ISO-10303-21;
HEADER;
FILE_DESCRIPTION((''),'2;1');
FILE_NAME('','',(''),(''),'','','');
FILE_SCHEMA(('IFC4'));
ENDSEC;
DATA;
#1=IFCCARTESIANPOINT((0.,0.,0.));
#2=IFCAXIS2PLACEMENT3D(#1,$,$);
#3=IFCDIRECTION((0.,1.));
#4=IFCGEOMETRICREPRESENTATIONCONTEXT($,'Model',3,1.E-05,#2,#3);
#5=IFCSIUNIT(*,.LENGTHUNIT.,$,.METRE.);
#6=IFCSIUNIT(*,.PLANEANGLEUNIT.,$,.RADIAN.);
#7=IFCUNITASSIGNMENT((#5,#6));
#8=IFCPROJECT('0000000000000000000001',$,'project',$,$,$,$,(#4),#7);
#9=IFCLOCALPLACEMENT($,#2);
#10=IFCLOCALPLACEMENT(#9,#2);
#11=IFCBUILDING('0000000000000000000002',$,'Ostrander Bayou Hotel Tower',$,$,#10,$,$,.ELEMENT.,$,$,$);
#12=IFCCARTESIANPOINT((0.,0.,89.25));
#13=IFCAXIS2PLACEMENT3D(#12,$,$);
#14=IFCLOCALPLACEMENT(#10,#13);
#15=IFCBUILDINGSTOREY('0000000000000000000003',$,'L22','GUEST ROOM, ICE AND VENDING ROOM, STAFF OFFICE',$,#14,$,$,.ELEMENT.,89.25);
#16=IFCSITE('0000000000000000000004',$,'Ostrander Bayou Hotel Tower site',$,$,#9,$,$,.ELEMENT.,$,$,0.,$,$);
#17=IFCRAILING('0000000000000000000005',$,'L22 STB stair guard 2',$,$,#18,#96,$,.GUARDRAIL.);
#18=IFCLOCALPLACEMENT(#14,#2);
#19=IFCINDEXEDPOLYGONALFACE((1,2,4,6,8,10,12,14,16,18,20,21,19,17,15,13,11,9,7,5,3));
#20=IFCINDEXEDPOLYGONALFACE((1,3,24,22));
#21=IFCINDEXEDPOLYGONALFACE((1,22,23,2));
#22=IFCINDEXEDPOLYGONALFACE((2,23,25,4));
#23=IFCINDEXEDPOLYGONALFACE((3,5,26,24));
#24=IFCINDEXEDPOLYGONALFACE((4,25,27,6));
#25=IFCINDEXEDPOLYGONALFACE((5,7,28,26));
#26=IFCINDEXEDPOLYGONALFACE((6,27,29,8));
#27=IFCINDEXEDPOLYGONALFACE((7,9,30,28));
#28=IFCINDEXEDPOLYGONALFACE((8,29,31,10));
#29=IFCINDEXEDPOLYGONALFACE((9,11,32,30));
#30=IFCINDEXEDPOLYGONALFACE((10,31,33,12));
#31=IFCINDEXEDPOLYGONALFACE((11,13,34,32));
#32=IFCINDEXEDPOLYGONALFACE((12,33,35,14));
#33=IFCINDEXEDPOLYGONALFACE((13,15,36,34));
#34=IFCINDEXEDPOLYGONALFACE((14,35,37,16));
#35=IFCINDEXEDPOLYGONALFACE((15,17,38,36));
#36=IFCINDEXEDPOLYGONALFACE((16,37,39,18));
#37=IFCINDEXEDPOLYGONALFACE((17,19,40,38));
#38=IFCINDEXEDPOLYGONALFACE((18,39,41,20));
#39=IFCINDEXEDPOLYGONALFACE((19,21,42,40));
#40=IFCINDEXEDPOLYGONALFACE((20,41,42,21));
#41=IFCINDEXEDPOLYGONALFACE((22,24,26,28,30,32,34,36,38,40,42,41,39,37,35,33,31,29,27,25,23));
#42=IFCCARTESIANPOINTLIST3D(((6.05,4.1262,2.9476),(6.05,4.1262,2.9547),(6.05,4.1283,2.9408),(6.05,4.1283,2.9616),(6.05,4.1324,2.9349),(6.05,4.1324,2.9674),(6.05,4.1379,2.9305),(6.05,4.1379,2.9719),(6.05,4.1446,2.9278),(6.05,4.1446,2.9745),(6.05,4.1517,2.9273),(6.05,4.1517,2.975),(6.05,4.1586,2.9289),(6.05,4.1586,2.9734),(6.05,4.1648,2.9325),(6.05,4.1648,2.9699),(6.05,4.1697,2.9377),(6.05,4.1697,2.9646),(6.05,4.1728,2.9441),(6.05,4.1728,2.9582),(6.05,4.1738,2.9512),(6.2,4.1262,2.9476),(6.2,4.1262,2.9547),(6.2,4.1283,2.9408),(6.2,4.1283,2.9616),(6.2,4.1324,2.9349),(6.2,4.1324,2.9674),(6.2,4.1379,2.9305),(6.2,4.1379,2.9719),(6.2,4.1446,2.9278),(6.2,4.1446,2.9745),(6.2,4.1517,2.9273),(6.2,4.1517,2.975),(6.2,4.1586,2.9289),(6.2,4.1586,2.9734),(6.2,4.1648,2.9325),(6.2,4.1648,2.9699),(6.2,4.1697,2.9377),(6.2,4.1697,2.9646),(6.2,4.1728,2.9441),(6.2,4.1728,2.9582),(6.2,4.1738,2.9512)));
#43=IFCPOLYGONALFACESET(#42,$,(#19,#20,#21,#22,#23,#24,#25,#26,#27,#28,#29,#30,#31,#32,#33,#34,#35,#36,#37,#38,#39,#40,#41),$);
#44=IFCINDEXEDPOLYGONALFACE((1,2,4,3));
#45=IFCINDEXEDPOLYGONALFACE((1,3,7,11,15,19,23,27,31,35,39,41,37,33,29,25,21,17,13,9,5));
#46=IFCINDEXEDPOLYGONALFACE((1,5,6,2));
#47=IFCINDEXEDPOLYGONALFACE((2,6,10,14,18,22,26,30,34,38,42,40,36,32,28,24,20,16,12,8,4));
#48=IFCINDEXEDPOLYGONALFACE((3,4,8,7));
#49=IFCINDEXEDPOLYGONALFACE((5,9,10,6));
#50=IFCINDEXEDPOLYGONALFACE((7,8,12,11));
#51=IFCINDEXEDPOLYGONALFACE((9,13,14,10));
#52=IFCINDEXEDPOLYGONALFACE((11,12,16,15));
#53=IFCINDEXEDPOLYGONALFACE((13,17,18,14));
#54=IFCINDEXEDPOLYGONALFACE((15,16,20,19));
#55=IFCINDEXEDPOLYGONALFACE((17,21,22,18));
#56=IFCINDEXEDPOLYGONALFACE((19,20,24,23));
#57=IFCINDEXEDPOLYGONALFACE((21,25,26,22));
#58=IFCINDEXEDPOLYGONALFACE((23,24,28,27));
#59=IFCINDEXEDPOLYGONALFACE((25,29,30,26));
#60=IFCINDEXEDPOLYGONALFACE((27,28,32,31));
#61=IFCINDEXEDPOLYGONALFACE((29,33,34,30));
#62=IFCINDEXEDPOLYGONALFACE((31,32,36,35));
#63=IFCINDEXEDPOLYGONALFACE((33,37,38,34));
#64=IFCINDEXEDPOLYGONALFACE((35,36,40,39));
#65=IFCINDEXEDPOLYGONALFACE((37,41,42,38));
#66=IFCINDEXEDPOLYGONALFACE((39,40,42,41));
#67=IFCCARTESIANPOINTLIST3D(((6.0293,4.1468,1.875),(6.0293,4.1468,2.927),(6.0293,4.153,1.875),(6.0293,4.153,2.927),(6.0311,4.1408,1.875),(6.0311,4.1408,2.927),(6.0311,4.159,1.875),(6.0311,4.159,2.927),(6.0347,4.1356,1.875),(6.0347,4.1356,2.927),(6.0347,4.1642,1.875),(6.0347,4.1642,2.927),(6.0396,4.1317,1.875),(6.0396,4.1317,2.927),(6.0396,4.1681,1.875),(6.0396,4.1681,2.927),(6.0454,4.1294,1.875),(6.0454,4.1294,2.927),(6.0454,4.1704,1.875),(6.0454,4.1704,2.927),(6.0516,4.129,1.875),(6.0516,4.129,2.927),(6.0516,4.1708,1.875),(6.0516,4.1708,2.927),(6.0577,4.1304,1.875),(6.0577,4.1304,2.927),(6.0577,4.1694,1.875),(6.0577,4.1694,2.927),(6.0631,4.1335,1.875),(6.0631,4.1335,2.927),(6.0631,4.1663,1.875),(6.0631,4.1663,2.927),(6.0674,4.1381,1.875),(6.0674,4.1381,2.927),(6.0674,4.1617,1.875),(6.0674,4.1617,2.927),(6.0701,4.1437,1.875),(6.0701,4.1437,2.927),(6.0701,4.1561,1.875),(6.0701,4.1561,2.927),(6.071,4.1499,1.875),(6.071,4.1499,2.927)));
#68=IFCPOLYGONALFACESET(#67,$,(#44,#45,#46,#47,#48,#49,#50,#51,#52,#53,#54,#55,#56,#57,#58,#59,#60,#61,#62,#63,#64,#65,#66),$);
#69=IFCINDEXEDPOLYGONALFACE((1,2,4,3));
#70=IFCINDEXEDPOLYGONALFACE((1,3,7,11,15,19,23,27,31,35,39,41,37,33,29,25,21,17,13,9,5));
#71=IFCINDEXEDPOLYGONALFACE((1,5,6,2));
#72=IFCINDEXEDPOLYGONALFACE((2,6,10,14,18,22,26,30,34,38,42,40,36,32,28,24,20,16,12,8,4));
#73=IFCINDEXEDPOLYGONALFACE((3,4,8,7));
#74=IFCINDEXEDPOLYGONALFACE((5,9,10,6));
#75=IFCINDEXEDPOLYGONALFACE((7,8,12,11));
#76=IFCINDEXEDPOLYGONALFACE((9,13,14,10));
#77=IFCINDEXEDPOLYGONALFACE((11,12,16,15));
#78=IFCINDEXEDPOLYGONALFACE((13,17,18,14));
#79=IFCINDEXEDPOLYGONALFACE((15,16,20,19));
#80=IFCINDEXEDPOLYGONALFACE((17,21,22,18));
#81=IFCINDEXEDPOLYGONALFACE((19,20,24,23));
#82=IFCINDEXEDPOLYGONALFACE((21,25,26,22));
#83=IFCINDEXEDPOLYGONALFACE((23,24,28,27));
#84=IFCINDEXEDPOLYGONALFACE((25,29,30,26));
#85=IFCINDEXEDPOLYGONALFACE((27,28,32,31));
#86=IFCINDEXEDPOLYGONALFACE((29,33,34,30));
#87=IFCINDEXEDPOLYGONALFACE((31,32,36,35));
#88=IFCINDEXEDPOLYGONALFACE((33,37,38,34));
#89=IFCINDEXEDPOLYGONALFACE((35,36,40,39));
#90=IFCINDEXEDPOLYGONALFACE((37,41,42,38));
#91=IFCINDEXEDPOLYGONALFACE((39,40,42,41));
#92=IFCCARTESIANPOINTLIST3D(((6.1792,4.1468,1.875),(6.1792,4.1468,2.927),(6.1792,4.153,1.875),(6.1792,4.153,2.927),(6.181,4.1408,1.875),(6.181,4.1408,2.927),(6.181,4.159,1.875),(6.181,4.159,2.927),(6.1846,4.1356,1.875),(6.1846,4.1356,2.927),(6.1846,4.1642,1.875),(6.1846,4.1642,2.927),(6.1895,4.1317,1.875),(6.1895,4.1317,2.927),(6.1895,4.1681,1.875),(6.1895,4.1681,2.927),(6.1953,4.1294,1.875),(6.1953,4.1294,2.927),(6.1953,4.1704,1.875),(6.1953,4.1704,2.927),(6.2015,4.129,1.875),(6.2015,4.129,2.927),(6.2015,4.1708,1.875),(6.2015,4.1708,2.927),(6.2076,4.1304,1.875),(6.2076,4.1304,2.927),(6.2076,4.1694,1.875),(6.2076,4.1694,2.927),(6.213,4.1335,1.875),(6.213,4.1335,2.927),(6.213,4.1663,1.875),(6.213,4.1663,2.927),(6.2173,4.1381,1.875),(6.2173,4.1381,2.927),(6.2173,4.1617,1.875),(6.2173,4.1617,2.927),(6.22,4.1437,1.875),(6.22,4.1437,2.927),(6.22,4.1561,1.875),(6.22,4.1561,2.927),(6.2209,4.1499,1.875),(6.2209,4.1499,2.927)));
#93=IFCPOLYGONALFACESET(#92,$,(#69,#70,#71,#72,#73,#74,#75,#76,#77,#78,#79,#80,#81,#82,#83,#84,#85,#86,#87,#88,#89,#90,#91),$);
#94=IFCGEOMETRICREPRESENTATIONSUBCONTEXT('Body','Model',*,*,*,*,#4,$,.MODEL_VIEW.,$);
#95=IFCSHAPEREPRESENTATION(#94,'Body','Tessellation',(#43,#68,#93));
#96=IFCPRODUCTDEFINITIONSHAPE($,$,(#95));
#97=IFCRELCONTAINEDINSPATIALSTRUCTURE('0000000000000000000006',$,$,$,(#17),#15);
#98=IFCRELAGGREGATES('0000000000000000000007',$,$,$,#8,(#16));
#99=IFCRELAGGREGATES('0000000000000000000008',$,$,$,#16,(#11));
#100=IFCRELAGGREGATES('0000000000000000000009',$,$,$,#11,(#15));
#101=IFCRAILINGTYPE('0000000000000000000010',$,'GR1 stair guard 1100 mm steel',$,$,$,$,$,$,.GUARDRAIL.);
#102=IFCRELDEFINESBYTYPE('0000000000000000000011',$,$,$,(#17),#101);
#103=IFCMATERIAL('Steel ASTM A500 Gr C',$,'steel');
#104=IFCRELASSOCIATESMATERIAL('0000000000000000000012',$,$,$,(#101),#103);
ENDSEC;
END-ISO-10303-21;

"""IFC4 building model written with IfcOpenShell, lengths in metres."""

from ifc_helpers import new_model, si_unit, direction, frame, origin, origin_2d, place, context, subcontext, project, spatial, circle, extrude, material, type_object, element, save


model = new_model("IFC4")

# Units and contexts
model_context = context("Model", 3, precision=1e-05, world=origin(), true_north=direction((0.0, 1.0)))
body_context = subcontext(model_context, "Body", "Model", "MODEL_VIEW")
ifc_project = project(units=[si_unit("LENGTHUNIT", "METRE"), si_unit("PLANEANGLEUNIT", "RADIAN")], contexts=[model_context])

# Site, building, storey
site_placement = place(None, origin())
site = spatial("IfcSite", under=ifc_project, at=site_placement, Name="Ostrander Bayou Hotel Tower site", CompositionType="ELEMENT", RefElevation=0.0)
building_placement = place(site_placement, origin())
building = spatial("IfcBuilding", under=site, at=building_placement, Name="Ostrander Bayou Hotel Tower", CompositionType="ELEMENT")
storey_placement = place(building_placement, frame((0.0, 0.0, 89.25)))
storey = spatial("IfcBuildingStorey", under=building, at=storey_placement, Name="L22", Description="GUEST ROOM, ICE AND VENDING ROOM, STAFF OFFICE", CompositionType="ELEMENT", Elevation=89.25)

# Railing
ifc_material_1 = material(Name="Steel ASTM A500 Gr C", Category="steel")
railing_type_1 = type_object("IfcRailingType", Name="GR1 stair guard 1100 mm steel", PredefinedType="GUARDRAIL", material=ifc_material_1)
railing_1_placement = place(storey_placement, frame((6.05, 4.1499, 1.875)))
element("IfcRailing", 1, at=railing_1_placement, inside=storey, type_object=railing_type_1, Name="L22 STB stair guard 2", PredefinedType="GUARDRAIL", context=body_context, shape_type="SweptSolid", body=[
    extrude(circle(Radius=0.0239, at=origin_2d()), frame((0.0, 0.0, 1.0762), z_axis=(1.0, 0.0, 0.0), x_axis=(0.0, 1.0, 0.0)), (0.0, 0.0, 1.0), 0.1499),
    extrude(circle(Radius=0.021, at=origin_2d()), origin(), (0.0, 0.0, 1.0), 1.052),
    extrude(circle(Radius=0.021, at=origin_2d()), frame((0.1499, 0.0, 0.0)), (0.0, 0.0, 1.0), 1.052),
])

save(model, "model.ifc")
